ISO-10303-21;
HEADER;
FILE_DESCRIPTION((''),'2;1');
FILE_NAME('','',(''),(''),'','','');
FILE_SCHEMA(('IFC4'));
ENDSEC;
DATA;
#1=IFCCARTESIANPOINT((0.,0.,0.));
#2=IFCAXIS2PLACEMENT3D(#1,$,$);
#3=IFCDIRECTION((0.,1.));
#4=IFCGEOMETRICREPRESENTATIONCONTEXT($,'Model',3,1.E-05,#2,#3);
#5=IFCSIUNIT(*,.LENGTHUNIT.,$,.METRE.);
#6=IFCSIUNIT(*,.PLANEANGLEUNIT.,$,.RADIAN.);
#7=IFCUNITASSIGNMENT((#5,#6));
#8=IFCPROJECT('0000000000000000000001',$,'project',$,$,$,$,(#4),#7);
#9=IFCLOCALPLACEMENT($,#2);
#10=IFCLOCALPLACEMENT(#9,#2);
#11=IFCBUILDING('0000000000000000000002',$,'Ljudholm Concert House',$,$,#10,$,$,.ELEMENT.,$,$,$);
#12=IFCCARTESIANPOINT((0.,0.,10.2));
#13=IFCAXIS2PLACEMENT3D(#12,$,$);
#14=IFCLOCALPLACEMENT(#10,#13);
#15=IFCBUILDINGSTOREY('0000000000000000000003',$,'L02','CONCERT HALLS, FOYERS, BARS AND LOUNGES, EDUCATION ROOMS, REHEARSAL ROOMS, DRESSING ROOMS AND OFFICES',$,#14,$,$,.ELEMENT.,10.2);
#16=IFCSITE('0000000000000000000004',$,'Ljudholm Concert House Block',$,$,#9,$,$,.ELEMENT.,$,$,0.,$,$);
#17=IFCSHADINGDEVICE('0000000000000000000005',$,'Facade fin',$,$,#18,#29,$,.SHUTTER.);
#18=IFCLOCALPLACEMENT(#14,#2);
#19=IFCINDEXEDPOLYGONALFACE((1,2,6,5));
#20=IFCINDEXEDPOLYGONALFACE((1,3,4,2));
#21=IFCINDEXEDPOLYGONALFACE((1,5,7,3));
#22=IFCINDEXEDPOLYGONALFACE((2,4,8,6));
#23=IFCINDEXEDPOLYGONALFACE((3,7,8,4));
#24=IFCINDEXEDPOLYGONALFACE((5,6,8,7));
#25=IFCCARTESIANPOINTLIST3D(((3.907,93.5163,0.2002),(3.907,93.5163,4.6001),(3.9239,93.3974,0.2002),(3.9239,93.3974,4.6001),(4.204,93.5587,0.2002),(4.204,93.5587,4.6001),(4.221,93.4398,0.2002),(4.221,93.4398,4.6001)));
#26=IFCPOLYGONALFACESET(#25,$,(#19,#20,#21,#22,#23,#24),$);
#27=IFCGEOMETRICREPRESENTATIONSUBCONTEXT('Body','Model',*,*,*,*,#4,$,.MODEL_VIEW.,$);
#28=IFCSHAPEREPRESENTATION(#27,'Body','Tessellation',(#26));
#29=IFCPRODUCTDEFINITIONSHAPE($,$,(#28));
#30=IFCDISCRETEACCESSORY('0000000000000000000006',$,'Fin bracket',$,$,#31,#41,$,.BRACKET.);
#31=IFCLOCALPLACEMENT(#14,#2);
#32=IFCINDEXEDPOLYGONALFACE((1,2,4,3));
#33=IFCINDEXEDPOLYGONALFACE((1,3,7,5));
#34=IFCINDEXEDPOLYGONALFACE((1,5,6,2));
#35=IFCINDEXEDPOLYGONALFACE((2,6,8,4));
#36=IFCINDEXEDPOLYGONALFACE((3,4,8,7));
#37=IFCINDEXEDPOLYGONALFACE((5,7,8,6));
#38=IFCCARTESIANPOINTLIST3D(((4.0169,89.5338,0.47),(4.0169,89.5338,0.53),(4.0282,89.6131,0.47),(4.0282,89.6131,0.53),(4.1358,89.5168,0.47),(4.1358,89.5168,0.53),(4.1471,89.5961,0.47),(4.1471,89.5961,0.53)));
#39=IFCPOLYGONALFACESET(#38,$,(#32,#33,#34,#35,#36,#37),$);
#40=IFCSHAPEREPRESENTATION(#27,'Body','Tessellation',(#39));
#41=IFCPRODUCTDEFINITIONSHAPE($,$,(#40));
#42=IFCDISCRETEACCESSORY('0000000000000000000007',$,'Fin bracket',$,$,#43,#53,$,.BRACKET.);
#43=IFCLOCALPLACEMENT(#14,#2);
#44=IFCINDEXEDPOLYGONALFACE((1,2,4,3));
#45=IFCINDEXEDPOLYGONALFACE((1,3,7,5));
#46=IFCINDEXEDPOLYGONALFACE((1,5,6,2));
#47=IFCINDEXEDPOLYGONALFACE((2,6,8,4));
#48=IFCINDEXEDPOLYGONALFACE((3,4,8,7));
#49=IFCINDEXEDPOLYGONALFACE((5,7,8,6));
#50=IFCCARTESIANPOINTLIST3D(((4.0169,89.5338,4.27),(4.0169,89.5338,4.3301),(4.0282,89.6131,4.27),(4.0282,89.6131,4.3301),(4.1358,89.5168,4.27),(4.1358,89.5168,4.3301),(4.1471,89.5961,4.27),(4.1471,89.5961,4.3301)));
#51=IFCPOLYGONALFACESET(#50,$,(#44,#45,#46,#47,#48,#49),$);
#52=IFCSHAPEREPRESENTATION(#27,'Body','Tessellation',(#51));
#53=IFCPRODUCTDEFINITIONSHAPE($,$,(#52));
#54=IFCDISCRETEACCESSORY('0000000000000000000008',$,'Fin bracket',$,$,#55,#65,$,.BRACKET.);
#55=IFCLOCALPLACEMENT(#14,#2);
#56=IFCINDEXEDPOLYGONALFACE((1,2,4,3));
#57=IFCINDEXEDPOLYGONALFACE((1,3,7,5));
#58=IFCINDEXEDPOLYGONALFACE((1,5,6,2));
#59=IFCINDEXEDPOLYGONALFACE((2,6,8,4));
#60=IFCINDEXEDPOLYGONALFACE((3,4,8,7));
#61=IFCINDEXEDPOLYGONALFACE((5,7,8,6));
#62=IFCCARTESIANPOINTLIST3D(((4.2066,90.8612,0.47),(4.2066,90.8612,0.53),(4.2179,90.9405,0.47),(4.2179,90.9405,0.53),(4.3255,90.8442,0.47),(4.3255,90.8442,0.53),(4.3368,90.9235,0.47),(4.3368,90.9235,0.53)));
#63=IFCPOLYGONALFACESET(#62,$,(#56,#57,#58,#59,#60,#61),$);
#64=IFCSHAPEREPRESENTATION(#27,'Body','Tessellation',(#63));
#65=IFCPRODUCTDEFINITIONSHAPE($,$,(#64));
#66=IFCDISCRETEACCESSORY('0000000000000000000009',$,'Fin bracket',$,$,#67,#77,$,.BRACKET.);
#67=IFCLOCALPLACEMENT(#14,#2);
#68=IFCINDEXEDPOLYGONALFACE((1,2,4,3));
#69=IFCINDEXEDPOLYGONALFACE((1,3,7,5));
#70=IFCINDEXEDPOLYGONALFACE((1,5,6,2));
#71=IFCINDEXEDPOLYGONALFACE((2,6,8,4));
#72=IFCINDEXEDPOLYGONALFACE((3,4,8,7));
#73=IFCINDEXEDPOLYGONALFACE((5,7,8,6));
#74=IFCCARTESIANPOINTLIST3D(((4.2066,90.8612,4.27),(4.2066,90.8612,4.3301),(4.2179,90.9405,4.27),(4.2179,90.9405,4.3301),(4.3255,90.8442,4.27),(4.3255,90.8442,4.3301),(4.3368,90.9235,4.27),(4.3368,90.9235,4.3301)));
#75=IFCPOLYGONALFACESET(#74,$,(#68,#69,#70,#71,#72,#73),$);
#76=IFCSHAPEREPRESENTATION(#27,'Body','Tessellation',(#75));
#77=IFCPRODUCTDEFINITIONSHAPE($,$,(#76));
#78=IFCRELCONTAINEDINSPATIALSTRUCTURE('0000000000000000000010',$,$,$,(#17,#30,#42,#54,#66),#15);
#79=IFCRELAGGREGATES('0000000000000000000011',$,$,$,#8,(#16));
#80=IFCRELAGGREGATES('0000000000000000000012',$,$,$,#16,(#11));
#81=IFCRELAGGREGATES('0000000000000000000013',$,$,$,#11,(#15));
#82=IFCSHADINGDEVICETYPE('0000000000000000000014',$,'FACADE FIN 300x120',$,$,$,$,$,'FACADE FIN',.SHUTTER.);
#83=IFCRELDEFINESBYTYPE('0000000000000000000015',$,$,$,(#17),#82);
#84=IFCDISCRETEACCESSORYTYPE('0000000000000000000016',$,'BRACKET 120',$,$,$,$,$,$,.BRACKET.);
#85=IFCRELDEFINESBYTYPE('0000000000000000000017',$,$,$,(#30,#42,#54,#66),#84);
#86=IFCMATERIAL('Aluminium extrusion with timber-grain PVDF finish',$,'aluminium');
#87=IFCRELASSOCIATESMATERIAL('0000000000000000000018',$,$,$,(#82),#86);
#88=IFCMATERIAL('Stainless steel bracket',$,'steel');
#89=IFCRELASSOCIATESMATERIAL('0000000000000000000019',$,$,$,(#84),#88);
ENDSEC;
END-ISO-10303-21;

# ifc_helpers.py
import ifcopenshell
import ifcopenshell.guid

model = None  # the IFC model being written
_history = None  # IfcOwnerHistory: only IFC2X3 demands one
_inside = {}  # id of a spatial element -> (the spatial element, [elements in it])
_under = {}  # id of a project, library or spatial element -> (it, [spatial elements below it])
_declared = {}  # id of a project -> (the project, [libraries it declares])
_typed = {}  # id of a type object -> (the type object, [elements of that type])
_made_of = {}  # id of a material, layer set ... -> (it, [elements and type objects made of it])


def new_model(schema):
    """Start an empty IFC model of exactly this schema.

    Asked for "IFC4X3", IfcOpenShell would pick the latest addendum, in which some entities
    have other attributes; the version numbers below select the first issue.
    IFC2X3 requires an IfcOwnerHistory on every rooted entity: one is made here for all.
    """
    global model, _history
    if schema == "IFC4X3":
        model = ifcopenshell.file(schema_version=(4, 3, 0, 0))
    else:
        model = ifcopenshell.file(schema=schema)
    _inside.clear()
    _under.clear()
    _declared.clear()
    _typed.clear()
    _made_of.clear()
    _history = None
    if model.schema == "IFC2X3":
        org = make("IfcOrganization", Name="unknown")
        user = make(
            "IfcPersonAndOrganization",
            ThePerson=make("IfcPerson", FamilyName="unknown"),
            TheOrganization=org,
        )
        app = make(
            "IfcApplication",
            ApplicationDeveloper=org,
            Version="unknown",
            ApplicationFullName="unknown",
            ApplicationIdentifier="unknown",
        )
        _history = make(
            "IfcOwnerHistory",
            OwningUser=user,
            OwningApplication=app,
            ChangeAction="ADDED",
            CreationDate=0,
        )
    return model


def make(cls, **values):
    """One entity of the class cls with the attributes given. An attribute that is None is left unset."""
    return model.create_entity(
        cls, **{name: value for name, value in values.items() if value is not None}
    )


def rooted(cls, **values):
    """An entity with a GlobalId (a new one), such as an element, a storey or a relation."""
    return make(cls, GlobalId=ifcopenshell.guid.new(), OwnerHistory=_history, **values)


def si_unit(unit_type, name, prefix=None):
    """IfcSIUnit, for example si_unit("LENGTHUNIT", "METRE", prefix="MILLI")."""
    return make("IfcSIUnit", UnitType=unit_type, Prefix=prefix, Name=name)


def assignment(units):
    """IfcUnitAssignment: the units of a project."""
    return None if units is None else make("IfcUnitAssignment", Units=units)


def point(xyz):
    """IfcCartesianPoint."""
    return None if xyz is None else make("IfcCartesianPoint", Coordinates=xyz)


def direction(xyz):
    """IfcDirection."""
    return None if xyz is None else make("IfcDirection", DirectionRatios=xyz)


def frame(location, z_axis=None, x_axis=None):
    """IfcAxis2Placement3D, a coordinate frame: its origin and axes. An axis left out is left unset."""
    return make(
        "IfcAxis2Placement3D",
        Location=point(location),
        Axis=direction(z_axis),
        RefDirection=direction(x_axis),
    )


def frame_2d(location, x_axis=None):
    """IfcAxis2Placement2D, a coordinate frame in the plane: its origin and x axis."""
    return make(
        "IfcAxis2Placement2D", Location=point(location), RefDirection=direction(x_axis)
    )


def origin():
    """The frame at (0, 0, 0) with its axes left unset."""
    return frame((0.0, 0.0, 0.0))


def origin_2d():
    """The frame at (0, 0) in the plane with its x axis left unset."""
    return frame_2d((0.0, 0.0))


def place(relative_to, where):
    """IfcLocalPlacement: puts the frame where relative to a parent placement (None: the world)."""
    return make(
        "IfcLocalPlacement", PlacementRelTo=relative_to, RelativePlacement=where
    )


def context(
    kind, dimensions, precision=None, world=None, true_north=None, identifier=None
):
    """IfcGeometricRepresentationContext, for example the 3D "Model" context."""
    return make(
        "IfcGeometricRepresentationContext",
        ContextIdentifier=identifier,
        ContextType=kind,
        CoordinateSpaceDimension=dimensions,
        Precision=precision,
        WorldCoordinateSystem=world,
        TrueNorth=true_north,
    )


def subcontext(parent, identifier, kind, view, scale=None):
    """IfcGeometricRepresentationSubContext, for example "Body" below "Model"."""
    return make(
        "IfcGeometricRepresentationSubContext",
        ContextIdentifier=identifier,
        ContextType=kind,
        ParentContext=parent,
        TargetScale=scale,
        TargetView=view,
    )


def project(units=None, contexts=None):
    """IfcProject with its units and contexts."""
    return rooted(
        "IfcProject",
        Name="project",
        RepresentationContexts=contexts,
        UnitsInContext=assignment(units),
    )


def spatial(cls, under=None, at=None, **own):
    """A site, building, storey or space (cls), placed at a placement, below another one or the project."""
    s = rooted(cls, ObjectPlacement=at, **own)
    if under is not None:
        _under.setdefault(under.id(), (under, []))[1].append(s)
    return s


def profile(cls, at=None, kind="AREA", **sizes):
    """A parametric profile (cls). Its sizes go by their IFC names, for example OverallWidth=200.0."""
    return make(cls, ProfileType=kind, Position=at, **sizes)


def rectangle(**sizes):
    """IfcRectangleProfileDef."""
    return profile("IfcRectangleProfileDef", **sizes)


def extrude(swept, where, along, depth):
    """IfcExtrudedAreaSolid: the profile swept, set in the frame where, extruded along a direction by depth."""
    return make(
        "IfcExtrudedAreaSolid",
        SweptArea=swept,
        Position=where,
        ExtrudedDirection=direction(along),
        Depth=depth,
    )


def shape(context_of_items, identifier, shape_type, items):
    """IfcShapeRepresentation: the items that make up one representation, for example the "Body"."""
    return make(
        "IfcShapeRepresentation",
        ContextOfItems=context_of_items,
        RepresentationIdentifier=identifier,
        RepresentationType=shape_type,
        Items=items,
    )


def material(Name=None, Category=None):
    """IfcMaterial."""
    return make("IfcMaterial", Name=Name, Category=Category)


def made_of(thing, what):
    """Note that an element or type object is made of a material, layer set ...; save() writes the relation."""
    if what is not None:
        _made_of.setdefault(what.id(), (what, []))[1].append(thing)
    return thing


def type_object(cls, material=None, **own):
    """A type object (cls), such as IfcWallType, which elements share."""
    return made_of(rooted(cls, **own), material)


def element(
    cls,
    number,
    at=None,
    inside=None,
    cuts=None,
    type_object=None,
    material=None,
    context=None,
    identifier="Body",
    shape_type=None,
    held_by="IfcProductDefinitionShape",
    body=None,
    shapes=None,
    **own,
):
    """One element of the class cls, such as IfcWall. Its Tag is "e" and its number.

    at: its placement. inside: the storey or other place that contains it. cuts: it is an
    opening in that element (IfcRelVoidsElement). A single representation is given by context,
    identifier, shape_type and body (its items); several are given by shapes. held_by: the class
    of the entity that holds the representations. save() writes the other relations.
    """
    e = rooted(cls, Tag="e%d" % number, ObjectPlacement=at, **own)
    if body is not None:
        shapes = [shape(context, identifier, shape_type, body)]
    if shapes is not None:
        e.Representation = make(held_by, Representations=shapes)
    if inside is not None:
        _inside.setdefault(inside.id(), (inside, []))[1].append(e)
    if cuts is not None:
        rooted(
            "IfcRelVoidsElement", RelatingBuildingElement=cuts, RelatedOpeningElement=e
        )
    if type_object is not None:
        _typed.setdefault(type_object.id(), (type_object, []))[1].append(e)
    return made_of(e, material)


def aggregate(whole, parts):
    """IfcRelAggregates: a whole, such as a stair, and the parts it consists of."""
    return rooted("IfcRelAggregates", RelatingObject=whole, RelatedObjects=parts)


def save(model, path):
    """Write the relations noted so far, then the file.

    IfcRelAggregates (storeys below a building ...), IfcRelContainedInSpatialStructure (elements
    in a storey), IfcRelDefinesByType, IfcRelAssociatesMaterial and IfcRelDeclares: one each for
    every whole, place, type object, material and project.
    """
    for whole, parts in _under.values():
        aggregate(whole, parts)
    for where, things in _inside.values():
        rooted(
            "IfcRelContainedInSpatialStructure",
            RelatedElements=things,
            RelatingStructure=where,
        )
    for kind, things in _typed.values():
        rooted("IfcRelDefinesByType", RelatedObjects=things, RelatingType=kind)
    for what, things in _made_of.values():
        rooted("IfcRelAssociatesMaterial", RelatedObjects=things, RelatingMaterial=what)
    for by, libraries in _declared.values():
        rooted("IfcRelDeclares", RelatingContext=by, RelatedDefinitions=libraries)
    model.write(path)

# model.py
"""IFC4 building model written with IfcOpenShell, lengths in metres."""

from ifc_helpers import new_model, si_unit, direction, frame, origin, origin_2d, place, context, subcontext, project, spatial, rectangle, extrude, material, type_object, element, save


model = new_model("IFC4")

# Units and contexts
model_context = context("Model", 3, precision=1e-05, world=origin(), true_north=direction((0.0, 1.0)))
body_context = subcontext(model_context, "Body", "Model", "MODEL_VIEW")
ifc_project = project(units=[si_unit("LENGTHUNIT", "METRE"), si_unit("PLANEANGLEUNIT", "RADIAN")], contexts=[model_context])

# Site, building, storey
site_placement = place(None, origin())
site = spatial("IfcSite", under=ifc_project, at=site_placement, Name="Ljudholm Concert House Block", CompositionType="ELEMENT", RefElevation=0.0)
building_placement = place(site_placement, origin())
building = spatial("IfcBuilding", under=site, at=building_placement, Name="Ljudholm Concert House", CompositionType="ELEMENT")
storey_placement = place(building_placement, frame((0.0, 0.0, 10.2)))
storey = spatial("IfcBuildingStorey", under=building, at=storey_placement, Name="L02", Description="CONCERT HALLS, FOYERS, BARS AND LOUNGES, EDUCATION ROOMS, REHEARSAL ROOMS, DRESSING ROOMS AND OFFICES", CompositionType="ELEMENT", Elevation=10.2)

# Shading device
ifc_material_1 = material(Name="Aluminium extrusion with timber-grain PVDF finish", Category="aluminium")
shading_device_type = type_object("IfcShadingDeviceType", Name="FACADE FIN 300x120", ElementType="FACADE FIN", PredefinedType="SHUTTER", material=ifc_material_1)
for number, where, z_axis, x_axis, name in (
    (1, (4.064, 93.478, 0.2002), (0.0, 0.0, 1.0), (-0.989949, -0.141421, 0.0), "Facade fin"),
):
    element("IfcShadingDevice", number, at=place(storey_placement, frame(where, z_axis=z_axis, x_axis=x_axis)), inside=storey, type_object=shading_device_type, Name=name, PredefinedType="SHUTTER", context=body_context, shape_type="SweptSolid", body=[
        extrude(rectangle(XDim=0.3, YDim=0.1201, at=origin_2d()), origin(), (0.0, 0.0, 1.0), 4.3999),
    ])

# Discrete accessories
ifc_material_2 = material(Name="Stainless steel bracket", Category="steel")
discrete_accessory_type = type_object("IfcDiscreteAccessoryType", Name="BRACKET 120", PredefinedType="BRACKET", material=ifc_material_2)
for number, where, z_axis, x_axis, name in (
    (2, (4.082, 89.5649, 0.47), (0.0, 0.0, 1.0), (-0.989949, 0.141421, 0.0), "Fin bracket"),
    (3, (4.082, 89.5649, 4.27), (0.0, 0.0, 1.0), (-0.989949, 0.141421, 0.0), "Fin bracket"),
    (4, (4.2717, 90.8923, 0.47), (0.0, 0.0, 1.0), (-0.989949, 0.141421, 0.0), "Fin bracket"),
    (5, (4.2717, 90.8923, 4.27), (0.0, 0.0, 1.0), (-0.989949, 0.141421, 0.0), "Fin bracket"),
):
    element("IfcDiscreteAccessory", number, at=place(storey_placement, frame(where, z_axis=z_axis, x_axis=x_axis)), inside=storey, type_object=discrete_accessory_type, Name=name, PredefinedType="BRACKET", context=body_context, shape_type="SweptSolid", body=[
        extrude(rectangle(XDim=0.1201, YDim=0.0801, at=origin_2d()), origin(), (0.0, 0.0, 1.0), 0.0601),
    ])

save(model, "model.ifc")
